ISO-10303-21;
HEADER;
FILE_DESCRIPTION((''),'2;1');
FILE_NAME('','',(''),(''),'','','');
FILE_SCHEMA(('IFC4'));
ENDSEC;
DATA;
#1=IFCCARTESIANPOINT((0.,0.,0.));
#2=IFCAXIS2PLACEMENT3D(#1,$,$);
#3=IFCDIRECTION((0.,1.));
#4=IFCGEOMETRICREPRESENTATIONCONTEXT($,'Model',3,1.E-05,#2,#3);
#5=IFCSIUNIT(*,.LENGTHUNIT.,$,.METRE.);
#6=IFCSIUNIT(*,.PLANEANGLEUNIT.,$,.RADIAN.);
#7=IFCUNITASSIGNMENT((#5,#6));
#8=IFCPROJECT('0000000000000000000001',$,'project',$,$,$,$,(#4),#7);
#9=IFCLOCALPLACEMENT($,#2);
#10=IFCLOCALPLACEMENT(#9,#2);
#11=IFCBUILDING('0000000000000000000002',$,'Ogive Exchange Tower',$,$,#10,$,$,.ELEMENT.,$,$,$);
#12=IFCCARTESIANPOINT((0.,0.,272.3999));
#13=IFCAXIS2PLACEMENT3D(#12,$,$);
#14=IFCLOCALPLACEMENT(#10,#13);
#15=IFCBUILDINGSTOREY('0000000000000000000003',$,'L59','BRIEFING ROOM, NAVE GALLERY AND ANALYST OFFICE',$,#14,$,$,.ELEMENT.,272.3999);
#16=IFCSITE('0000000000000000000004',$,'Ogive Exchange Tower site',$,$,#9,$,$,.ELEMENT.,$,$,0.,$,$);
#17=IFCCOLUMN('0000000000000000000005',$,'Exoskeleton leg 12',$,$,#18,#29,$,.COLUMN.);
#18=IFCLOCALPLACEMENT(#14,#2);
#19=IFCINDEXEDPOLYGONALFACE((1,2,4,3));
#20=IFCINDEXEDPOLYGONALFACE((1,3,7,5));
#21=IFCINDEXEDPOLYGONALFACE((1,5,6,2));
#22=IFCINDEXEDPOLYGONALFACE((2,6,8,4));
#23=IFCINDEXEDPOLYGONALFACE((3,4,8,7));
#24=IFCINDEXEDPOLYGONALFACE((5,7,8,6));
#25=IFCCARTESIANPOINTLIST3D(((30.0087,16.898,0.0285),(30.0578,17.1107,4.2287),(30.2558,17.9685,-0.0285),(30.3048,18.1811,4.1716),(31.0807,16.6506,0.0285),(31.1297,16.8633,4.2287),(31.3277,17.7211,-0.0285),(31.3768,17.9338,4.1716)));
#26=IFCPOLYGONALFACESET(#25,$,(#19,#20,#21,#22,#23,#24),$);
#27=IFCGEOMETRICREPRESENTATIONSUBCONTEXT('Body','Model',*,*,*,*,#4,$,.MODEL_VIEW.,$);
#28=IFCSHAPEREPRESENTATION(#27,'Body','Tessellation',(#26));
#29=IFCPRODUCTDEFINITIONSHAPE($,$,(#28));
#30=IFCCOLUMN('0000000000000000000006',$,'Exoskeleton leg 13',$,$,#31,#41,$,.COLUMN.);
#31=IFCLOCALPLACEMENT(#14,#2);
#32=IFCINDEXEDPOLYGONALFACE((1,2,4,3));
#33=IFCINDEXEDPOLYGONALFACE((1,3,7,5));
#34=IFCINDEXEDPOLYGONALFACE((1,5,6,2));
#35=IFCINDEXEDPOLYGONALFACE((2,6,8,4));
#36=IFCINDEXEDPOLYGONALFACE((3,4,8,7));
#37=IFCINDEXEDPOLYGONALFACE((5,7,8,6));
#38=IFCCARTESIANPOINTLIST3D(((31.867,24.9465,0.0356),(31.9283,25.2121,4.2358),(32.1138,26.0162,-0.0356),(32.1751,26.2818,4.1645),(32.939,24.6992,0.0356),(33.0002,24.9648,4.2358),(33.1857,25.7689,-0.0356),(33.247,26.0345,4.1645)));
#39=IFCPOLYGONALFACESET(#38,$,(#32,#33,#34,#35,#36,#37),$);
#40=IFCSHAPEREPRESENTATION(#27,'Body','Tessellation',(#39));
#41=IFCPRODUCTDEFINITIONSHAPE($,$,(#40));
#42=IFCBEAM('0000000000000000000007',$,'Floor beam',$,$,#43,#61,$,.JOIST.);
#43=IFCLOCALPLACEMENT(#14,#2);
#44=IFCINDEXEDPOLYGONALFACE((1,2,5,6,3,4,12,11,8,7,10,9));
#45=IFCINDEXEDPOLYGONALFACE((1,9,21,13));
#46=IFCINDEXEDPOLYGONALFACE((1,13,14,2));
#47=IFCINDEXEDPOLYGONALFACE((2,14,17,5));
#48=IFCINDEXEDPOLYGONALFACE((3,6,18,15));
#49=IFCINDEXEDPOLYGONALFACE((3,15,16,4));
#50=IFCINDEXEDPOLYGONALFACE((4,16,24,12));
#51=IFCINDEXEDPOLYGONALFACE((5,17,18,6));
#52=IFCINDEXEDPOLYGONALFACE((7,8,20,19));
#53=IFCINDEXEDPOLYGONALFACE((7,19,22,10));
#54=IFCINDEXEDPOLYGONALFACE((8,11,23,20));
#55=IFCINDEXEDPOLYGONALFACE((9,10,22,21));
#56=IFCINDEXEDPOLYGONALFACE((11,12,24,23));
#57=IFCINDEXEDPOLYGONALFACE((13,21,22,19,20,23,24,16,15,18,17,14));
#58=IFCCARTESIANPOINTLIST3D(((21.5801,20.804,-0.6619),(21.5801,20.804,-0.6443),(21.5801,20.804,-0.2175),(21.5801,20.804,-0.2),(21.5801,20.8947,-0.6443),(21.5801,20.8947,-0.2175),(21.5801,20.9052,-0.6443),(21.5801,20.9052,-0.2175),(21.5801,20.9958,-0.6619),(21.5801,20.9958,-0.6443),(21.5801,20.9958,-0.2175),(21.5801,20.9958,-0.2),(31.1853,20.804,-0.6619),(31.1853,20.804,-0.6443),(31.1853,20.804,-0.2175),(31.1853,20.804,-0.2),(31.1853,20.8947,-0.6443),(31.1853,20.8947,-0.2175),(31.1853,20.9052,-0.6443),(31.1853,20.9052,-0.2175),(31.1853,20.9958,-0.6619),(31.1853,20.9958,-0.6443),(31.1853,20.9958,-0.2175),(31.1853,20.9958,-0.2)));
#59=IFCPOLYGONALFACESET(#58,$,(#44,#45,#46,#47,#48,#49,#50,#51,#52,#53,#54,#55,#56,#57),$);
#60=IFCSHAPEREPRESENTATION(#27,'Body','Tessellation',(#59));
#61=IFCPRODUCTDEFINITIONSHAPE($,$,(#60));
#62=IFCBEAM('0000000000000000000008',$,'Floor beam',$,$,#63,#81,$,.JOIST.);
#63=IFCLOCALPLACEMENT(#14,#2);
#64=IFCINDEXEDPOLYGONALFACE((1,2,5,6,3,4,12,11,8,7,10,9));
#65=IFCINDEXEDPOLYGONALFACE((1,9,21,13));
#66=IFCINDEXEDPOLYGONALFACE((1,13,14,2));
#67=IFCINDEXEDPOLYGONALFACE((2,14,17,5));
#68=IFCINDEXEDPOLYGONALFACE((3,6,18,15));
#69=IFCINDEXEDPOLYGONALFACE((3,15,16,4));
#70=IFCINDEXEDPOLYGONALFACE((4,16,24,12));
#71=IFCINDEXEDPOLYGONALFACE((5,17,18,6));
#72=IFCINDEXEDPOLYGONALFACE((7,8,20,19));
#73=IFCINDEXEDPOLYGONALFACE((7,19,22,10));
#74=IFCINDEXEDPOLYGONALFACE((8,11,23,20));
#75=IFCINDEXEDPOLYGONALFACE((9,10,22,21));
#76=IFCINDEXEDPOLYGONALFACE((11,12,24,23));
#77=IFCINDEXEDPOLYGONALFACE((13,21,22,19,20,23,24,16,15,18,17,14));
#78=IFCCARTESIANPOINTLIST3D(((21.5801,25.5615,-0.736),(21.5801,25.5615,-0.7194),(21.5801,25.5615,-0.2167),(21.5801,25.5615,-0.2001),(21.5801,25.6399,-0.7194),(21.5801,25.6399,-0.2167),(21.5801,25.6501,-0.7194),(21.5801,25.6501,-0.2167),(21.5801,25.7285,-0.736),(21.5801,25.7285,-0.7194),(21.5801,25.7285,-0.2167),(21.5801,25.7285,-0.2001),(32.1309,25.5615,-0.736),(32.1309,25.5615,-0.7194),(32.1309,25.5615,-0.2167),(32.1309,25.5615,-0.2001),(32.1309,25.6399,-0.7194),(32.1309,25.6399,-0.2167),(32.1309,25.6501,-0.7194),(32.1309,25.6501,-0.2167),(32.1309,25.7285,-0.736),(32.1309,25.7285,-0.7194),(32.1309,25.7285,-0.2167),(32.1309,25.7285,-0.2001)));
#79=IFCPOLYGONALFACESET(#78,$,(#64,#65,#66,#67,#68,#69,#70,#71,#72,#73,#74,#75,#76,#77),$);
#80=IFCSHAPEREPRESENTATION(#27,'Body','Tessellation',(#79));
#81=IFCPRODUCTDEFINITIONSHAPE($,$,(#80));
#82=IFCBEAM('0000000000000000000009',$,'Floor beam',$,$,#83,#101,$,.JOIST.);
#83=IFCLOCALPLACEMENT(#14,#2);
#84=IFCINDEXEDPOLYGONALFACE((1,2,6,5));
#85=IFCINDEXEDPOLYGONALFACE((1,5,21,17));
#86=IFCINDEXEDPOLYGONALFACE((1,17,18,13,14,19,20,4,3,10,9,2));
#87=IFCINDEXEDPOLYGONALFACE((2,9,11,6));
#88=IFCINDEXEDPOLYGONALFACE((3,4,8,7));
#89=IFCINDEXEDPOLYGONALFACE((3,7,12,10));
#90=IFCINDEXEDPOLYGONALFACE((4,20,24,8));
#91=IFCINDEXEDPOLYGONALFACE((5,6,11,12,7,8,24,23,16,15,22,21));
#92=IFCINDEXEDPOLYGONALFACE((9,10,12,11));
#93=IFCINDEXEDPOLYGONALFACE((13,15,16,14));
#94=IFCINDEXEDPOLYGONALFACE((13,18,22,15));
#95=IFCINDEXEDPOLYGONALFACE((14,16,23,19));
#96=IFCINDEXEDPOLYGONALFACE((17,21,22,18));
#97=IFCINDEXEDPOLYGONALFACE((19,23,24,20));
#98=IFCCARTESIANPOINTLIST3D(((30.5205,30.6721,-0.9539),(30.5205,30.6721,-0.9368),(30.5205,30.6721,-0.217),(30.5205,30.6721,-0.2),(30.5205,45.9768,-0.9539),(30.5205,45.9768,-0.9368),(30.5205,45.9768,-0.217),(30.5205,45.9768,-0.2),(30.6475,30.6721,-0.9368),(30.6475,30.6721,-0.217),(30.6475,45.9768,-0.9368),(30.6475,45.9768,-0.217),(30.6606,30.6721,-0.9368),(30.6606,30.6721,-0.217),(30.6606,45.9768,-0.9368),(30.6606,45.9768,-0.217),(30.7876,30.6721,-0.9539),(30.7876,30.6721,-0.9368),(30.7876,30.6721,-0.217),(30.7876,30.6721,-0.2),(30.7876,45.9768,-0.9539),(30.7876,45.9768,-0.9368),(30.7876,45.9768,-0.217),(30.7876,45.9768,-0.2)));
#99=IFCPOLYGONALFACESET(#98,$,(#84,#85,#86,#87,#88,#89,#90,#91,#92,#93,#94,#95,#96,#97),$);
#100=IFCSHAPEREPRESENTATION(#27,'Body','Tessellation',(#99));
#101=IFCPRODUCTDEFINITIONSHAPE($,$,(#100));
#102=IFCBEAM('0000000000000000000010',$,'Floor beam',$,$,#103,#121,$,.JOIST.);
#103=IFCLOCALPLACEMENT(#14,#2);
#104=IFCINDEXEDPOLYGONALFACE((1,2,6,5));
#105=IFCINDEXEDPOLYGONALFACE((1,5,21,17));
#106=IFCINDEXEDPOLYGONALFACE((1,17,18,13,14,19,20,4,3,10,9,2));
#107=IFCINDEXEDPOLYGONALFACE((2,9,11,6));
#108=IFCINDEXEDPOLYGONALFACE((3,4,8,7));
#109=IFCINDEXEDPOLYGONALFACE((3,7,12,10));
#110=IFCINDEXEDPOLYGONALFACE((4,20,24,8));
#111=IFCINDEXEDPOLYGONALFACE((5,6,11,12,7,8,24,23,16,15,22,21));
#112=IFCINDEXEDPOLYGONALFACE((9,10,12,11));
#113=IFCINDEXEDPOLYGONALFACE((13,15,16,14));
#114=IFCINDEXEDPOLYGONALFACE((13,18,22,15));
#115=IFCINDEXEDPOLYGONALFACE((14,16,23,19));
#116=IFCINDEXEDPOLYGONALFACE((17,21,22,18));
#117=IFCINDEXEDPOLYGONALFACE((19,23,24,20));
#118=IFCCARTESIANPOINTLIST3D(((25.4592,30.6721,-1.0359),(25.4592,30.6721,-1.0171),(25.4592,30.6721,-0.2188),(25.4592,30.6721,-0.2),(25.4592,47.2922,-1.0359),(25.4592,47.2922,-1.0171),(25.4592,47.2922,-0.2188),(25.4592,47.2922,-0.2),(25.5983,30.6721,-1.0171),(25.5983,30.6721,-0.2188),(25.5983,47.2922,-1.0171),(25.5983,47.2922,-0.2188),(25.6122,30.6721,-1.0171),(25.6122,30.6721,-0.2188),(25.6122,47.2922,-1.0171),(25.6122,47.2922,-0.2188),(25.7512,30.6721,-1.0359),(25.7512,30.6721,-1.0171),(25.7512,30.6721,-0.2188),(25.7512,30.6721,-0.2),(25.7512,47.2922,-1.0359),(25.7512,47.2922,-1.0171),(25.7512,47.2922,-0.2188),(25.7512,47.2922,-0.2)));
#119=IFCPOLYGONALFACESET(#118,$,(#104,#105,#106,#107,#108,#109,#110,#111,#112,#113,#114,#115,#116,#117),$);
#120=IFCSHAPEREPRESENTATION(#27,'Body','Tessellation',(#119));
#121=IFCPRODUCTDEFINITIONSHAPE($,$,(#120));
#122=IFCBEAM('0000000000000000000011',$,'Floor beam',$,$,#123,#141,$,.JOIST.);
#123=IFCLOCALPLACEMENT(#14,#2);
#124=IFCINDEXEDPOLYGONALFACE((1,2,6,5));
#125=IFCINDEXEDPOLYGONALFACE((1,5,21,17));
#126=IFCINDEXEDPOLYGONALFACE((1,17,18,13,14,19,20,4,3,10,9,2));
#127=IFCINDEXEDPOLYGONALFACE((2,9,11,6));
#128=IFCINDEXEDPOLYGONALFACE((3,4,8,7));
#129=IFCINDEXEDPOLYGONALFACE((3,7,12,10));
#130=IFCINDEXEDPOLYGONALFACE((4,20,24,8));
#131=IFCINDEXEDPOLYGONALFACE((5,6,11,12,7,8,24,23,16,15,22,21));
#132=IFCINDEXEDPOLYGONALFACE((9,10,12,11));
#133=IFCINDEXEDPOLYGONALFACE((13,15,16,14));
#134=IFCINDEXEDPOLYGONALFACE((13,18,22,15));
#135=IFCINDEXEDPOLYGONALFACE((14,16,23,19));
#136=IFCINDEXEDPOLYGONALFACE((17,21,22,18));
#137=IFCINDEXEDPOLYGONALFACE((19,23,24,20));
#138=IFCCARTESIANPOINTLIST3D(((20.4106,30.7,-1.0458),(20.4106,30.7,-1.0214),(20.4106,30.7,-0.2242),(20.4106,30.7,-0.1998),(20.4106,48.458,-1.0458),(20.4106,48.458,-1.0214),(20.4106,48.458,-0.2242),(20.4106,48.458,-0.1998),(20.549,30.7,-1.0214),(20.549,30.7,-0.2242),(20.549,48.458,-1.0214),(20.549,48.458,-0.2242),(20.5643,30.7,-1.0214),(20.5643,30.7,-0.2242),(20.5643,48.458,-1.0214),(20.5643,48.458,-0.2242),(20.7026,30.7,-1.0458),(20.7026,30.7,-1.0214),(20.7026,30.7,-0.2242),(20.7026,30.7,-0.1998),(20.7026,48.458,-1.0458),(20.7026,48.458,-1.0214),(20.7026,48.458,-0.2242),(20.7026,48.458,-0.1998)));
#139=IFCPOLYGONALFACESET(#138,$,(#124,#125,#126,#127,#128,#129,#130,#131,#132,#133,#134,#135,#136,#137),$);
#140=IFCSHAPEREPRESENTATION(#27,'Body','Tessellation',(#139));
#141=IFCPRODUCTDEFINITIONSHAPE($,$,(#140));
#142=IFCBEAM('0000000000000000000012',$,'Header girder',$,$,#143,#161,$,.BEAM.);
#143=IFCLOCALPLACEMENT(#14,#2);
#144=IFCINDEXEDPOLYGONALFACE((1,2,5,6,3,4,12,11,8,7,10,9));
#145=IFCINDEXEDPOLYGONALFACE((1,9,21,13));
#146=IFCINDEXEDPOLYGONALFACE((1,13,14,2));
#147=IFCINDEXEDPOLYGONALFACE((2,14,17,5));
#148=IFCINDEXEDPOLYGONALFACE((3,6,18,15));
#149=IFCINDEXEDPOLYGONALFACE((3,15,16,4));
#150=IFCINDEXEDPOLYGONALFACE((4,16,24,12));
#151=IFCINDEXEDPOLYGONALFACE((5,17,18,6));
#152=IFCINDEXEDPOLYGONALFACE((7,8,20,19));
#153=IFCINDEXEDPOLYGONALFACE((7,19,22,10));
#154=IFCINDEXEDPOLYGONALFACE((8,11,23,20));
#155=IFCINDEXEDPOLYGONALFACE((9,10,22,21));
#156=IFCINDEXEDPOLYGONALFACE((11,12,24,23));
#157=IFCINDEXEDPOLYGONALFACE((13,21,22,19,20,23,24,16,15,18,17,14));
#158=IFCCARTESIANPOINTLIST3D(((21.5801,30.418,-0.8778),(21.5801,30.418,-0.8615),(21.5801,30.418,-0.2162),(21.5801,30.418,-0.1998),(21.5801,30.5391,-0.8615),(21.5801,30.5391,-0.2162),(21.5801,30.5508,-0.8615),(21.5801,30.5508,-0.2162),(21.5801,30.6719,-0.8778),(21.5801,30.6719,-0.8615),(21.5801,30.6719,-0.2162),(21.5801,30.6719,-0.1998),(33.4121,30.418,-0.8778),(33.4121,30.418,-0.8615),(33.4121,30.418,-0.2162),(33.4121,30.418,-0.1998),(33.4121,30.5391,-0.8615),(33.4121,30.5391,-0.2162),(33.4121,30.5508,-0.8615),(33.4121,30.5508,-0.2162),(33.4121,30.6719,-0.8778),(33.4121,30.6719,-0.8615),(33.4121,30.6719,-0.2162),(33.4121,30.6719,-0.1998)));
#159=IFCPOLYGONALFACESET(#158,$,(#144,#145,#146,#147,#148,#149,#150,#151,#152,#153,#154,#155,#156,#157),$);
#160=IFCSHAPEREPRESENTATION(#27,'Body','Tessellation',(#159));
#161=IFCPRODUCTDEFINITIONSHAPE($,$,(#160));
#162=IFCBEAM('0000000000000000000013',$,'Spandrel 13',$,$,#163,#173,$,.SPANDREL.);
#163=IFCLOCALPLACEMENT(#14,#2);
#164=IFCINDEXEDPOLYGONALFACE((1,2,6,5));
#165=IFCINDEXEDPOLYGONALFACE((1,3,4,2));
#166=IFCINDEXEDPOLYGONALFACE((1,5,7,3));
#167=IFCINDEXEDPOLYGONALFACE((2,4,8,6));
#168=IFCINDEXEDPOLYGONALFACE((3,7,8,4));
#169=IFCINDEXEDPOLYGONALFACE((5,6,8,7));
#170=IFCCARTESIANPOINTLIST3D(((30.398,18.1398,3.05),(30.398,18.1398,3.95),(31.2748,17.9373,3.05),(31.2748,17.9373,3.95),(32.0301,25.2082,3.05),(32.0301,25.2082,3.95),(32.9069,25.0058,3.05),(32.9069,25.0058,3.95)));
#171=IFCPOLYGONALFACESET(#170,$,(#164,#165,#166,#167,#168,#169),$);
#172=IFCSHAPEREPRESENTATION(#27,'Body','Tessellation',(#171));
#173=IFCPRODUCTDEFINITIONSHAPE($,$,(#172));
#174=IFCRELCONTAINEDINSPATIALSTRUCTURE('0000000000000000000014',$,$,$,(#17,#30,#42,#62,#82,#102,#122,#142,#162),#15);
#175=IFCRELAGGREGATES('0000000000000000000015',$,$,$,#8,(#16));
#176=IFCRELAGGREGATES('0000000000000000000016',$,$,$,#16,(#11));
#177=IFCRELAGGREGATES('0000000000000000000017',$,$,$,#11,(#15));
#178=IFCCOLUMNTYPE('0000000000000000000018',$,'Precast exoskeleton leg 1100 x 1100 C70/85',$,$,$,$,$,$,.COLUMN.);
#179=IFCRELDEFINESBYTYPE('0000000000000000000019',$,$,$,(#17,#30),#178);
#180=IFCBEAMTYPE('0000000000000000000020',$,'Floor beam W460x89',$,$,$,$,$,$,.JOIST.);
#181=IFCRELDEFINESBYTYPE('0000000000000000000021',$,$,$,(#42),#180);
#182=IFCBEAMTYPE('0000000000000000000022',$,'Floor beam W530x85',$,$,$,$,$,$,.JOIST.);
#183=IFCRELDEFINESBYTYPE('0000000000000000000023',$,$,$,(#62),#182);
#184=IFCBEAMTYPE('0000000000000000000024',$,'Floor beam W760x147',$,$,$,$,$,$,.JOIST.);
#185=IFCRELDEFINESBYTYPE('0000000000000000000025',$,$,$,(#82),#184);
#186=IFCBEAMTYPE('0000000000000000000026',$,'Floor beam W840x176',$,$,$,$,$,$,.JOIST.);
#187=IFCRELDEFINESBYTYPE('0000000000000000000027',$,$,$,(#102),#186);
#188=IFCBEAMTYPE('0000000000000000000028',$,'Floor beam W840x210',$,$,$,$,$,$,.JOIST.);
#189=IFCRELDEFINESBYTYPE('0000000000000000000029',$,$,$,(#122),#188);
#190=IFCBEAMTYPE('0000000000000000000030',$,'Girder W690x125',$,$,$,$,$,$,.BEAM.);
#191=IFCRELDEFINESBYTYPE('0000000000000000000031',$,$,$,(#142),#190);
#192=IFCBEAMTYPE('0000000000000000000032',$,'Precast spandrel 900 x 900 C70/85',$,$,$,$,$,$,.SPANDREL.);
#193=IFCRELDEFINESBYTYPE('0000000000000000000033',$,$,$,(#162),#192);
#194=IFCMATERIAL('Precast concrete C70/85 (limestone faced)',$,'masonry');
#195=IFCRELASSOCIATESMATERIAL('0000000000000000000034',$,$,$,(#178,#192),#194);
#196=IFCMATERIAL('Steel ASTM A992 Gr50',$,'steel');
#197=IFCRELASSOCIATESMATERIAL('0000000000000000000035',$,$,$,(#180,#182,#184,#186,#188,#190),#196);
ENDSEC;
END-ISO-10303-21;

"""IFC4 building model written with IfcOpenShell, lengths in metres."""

from ifc_helpers import new_model, si_unit, direction, frame, origin, origin_2d, place, context, subcontext, project, spatial, rectangle, i_section, extrude, material, material_profile, profile_set, type_object, element, save


model = new_model("IFC4")

# Units and contexts
model_context = context("Model", 3, precision=1e-05, world=origin(), true_north=direction((0.0, 1.0)))
body_context = subcontext(model_context, "Body", "Model", "MODEL_VIEW")
ifc_project = project(units=[si_unit("LENGTHUNIT", "METRE"), si_unit("PLANEANGLEUNIT", "RADIAN")], contexts=[model_context])

# Site, building, storey
site_placement = place(None, origin())
site = spatial("IfcSite", under=ifc_project, at=site_placement, Name="Ogive Exchange Tower site", CompositionType="ELEMENT", RefElevation=0.0)
building_placement = place(site_placement, origin())
building = spatial("IfcBuilding", under=site, at=building_placement, Name="Ogive Exchange Tower", CompositionType="ELEMENT")
storey_placement = place(building_placement, frame((0.0, 0.0, 272.3999)))
storey = spatial("IfcBuildingStorey", under=building, at=storey_placement, Name="L59", Description="BRIEFING ROOM, NAVE GALLERY AND ANALYST OFFICE", CompositionType="ELEMENT", Elevation=272.3999)

# Columns
ifc_material_1 = material(Name="Precast concrete C70/85 (limestone faced)", Category="masonry")
ifc_material_profile_1 = material_profile(ifc_material_1, rectangle(XDim=1.1001, YDim=1.1001, at=origin_2d()), Name="1100 x 1100")
ifc_profile_set_1 = profile_set([ifc_material_profile_1], Name="Precast concrete C70/85 (limestone faced)")
column_type = type_object("IfcColumnType", Name="Precast exoskeleton leg 1100 x 1100 C70/85", PredefinedType="COLUMN", material=ifc_profile_set_1)
column_1_placement = place(storey_placement, frame((30.6682, 17.3096, 0.0), z_axis=(0.011668, 0.05056, 0.998653), x_axis=(-0.974391, 0.22486, 0.0)))
element("IfcColumn", 1, at=column_1_placement, inside=storey, type_object=column_type, Name="Exoskeleton leg 12", PredefinedType="COLUMN", context=body_context, shape_type="SweptSolid", body=[
    extrude(rectangle(XDim=1.1001, YDim=1.1001, at=origin_2d()), origin(), (0.0, 0.0, 1.0), 4.2058),
])
column_2_placement = place(storey_placement, frame((32.5264, 25.3577, 0.0), z_axis=(0.014559, 0.063108, 0.9979), x_axis=(-0.974406, 0.224794, 0.0)))
element("IfcColumn", 2, at=column_2_placement, inside=storey, type_object=column_type, Name="Exoskeleton leg 13", PredefinedType="COLUMN", context=body_context, shape_type="SweptSolid", body=[
    extrude(rectangle(XDim=1.1001, YDim=1.1001, at=origin_2d()), origin(), (0.0, 0.0, 1.0), 4.209),
])

# Beams
ifc_material_2 = material(Name="Steel ASTM A992 Gr50", Category="steel")
ifc_material_profile_2 = material_profile(ifc_material_2, i_section(OverallWidth=0.1919, OverallDepth=0.4619, WebThickness=0.0105, FlangeThickness=0.0176, at=origin_2d()), Name="W460x89")
ifc_profile_set_2 = profile_set([ifc_material_profile_2], Name="Steel ASTM A992 Gr50")
beam_type_1 = type_object("IfcBeamType", Name="Floor beam W460x89", PredefinedType="JOIST", material=ifc_profile_set_2)
beam_1_placement = place(storey_placement, frame((21.5801, 20.8999, -0.4309), z_axis=(1.0, 0.0, 0.0), x_axis=(0.0, 1.0, 0.0)))
element("IfcBeam", 3, at=beam_1_placement, inside=storey, type_object=beam_type_1, Name="Floor beam", PredefinedType="JOIST", context=body_context, shape_type="SweptSolid", body=[
    extrude(i_section(OverallWidth=0.1919, OverallDepth=0.4619, WebThickness=0.0105, FlangeThickness=0.0176, at=origin_2d()), origin(), (0.0, 0.0, 1.0), 9.6052),
])
ifc_material_profile_3 = material_profile(ifc_material_2, i_section(OverallWidth=0.167, OverallDepth=0.5359, WebThickness=0.0103, FlangeThickness=0.0166, at=origin_2d()), Name="W530x85")
ifc_profile_set_3 = profile_set([ifc_material_profile_3], Name="Steel ASTM A992 Gr50")
beam_type_2 = type_object("IfcBeamType", Name="Floor beam W530x85", PredefinedType="JOIST", material=ifc_profile_set_3)
beam_2_placement = place(storey_placement, frame((21.5801, 25.645, -0.468), z_axis=(1.0, 0.0, 0.0), x_axis=(0.0, 1.0, 0.0)))
element("IfcBeam", 4, at=beam_2_placement, inside=storey, type_object=beam_type_2, Name="Floor beam", PredefinedType="JOIST", context=body_context, shape_type="SweptSolid", body=[
    extrude(i_section(OverallWidth=0.167, OverallDepth=0.5359, WebThickness=0.0103, FlangeThickness=0.0166, at=origin_2d()), origin(), (0.0, 0.0, 1.0), 10.5508),
])
ifc_material_profile_4 = material_profile(ifc_material_2, i_section(OverallWidth=0.2671, OverallDepth=0.7539, WebThickness=0.0132, FlangeThickness=0.0171, at=origin_2d()), Name="W760x147")
ifc_profile_set_4 = profile_set([ifc_material_profile_4], Name="Steel ASTM A992 Gr50")
beam_type_3 = type_object("IfcBeamType", Name="Floor beam W760x147", PredefinedType="JOIST", material=ifc_profile_set_4)
beam_3_placement = place(storey_placement, frame((30.6541, 30.6721, -0.5769), z_axis=(0.0, 1.0, 0.0), x_axis=(-1.0, 0.0, 0.0)))
element("IfcBeam", 5, at=beam_3_placement, inside=storey, type_object=beam_type_3, Name="Floor beam", PredefinedType="JOIST", context=body_context, shape_type="SweptSolid", body=[
    extrude(i_section(OverallWidth=0.2671, OverallDepth=0.7539, WebThickness=0.0132, FlangeThickness=0.0171, at=origin_2d()), origin(), (0.0, 0.0, 1.0), 15.3047),
])
ifc_material_profile_5 = material_profile(ifc_material_2, i_section(OverallWidth=0.292, OverallDepth=0.8359, WebThickness=0.0139, FlangeThickness=0.0188, at=origin_2d()), Name="W840x176")
ifc_profile_set_5 = profile_set([ifc_material_profile_5], Name="Steel ASTM A992 Gr50")
beam_type_4 = type_object("IfcBeamType", Name="Floor beam W840x176", PredefinedType="JOIST", material=ifc_profile_set_5)
beam_4_placement = place(storey_placement, frame((25.6052, 30.6721, -0.6179), z_axis=(0.0, 1.0, 0.0), x_axis=(-1.0, 0.0, 0.0)))
element("IfcBeam", 6, at=beam_4_placement, inside=storey, type_object=beam_type_4, Name="Floor beam", PredefinedType="JOIST", context=body_context, shape_type="SweptSolid", body=[
    extrude(i_section(OverallWidth=0.292, OverallDepth=0.8359, WebThickness=0.0139, FlangeThickness=0.0188, at=origin_2d()), origin(), (0.0, 0.0, 1.0), 16.6201),
])
ifc_material_profile_6 = material_profile(ifc_material_2, i_section(OverallWidth=0.292, OverallDepth=0.8459, WebThickness=0.0154, FlangeThickness=0.0244, at=origin_2d()), Name="W840x210")
ifc_profile_set_6 = profile_set([ifc_material_profile_6], Name="Steel ASTM A992 Gr50")
beam_type_5 = type_object("IfcBeamType", Name="Floor beam W840x210", PredefinedType="JOIST", material=ifc_profile_set_6)
beam_5_placement = place(storey_placement, frame((20.5566, 30.7, -0.6228), z_axis=(0.0, 1.0, 0.0), x_axis=(-1.0, 0.0, 0.0)))
element("IfcBeam", 7, at=beam_5_placement, inside=storey, type_object=beam_type_5, Name="Floor beam", PredefinedType="JOIST", context=body_context, shape_type="SweptSolid", body=[
    extrude(i_section(OverallWidth=0.292, OverallDepth=0.8459, WebThickness=0.0154, FlangeThickness=0.0244, at=origin_2d()), origin(), (0.0, 0.0, 1.0), 17.7581),
])
ifc_material_profile_7 = material_profile(ifc_material_2, i_section(OverallWidth=0.2539, OverallDepth=0.678, WebThickness=0.0117, FlangeThickness=0.0164, at=origin_2d()), Name="W690x125")
ifc_profile_set_7 = profile_set([ifc_material_profile_7], Name="Steel ASTM A992 Gr50")
beam_type_6 = type_object("IfcBeamType", Name="Girder W690x125", PredefinedType="BEAM", material=ifc_profile_set_7)
beam_6_placement = place(storey_placement, frame((21.5801, 30.5449, -0.5388), z_axis=(1.0, 0.0, 0.0), x_axis=(0.0, 1.0, 0.0)))
element("IfcBeam", 8, at=beam_6_placement, inside=storey, type_object=beam_type_6, Name="Header girder", PredefinedType="BEAM", context=body_context, shape_type="SweptSolid", body=[
    extrude(i_section(OverallWidth=0.2539, OverallDepth=0.678, WebThickness=0.0117, FlangeThickness=0.0164, at=origin_2d()), origin(), (0.0, 0.0, 1.0), 11.832),
])
ifc_material_profile_8 = material_profile(ifc_material_1, rectangle(XDim=0.8999, YDim=0.8999, at=origin_2d()), Name="900 x 900")
ifc_profile_set_8 = profile_set([ifc_material_profile_8], Name="Precast concrete C70/85 (limestone faced)")
beam_type_7 = type_object("IfcBeamType", Name="Precast spandrel 900 x 900 C70/85", PredefinedType="SPANDREL", material=ifc_profile_set_8)
for number, where, z_axis, x_axis, name in (
    (9, (30.8364, 18.0386, 3.5), (0.22498, 0.974363, 0.0), (-0.974363, 0.22498, 0.0), "Spandrel 13"),
):
    element("IfcBeam", number, at=place(storey_placement, frame(where, z_axis=z_axis, x_axis=x_axis)), inside=storey, type_object=beam_type_7, Name=name, PredefinedType="SPANDREL", context=body_context, shape_type="SweptSolid", body=[
        extrude(rectangle(XDim=0.8999, YDim=0.8999, at=origin_2d()), origin(), (0.0, 0.0, 1.0), 7.2544),
    ])

save(model, "model.ifc")
